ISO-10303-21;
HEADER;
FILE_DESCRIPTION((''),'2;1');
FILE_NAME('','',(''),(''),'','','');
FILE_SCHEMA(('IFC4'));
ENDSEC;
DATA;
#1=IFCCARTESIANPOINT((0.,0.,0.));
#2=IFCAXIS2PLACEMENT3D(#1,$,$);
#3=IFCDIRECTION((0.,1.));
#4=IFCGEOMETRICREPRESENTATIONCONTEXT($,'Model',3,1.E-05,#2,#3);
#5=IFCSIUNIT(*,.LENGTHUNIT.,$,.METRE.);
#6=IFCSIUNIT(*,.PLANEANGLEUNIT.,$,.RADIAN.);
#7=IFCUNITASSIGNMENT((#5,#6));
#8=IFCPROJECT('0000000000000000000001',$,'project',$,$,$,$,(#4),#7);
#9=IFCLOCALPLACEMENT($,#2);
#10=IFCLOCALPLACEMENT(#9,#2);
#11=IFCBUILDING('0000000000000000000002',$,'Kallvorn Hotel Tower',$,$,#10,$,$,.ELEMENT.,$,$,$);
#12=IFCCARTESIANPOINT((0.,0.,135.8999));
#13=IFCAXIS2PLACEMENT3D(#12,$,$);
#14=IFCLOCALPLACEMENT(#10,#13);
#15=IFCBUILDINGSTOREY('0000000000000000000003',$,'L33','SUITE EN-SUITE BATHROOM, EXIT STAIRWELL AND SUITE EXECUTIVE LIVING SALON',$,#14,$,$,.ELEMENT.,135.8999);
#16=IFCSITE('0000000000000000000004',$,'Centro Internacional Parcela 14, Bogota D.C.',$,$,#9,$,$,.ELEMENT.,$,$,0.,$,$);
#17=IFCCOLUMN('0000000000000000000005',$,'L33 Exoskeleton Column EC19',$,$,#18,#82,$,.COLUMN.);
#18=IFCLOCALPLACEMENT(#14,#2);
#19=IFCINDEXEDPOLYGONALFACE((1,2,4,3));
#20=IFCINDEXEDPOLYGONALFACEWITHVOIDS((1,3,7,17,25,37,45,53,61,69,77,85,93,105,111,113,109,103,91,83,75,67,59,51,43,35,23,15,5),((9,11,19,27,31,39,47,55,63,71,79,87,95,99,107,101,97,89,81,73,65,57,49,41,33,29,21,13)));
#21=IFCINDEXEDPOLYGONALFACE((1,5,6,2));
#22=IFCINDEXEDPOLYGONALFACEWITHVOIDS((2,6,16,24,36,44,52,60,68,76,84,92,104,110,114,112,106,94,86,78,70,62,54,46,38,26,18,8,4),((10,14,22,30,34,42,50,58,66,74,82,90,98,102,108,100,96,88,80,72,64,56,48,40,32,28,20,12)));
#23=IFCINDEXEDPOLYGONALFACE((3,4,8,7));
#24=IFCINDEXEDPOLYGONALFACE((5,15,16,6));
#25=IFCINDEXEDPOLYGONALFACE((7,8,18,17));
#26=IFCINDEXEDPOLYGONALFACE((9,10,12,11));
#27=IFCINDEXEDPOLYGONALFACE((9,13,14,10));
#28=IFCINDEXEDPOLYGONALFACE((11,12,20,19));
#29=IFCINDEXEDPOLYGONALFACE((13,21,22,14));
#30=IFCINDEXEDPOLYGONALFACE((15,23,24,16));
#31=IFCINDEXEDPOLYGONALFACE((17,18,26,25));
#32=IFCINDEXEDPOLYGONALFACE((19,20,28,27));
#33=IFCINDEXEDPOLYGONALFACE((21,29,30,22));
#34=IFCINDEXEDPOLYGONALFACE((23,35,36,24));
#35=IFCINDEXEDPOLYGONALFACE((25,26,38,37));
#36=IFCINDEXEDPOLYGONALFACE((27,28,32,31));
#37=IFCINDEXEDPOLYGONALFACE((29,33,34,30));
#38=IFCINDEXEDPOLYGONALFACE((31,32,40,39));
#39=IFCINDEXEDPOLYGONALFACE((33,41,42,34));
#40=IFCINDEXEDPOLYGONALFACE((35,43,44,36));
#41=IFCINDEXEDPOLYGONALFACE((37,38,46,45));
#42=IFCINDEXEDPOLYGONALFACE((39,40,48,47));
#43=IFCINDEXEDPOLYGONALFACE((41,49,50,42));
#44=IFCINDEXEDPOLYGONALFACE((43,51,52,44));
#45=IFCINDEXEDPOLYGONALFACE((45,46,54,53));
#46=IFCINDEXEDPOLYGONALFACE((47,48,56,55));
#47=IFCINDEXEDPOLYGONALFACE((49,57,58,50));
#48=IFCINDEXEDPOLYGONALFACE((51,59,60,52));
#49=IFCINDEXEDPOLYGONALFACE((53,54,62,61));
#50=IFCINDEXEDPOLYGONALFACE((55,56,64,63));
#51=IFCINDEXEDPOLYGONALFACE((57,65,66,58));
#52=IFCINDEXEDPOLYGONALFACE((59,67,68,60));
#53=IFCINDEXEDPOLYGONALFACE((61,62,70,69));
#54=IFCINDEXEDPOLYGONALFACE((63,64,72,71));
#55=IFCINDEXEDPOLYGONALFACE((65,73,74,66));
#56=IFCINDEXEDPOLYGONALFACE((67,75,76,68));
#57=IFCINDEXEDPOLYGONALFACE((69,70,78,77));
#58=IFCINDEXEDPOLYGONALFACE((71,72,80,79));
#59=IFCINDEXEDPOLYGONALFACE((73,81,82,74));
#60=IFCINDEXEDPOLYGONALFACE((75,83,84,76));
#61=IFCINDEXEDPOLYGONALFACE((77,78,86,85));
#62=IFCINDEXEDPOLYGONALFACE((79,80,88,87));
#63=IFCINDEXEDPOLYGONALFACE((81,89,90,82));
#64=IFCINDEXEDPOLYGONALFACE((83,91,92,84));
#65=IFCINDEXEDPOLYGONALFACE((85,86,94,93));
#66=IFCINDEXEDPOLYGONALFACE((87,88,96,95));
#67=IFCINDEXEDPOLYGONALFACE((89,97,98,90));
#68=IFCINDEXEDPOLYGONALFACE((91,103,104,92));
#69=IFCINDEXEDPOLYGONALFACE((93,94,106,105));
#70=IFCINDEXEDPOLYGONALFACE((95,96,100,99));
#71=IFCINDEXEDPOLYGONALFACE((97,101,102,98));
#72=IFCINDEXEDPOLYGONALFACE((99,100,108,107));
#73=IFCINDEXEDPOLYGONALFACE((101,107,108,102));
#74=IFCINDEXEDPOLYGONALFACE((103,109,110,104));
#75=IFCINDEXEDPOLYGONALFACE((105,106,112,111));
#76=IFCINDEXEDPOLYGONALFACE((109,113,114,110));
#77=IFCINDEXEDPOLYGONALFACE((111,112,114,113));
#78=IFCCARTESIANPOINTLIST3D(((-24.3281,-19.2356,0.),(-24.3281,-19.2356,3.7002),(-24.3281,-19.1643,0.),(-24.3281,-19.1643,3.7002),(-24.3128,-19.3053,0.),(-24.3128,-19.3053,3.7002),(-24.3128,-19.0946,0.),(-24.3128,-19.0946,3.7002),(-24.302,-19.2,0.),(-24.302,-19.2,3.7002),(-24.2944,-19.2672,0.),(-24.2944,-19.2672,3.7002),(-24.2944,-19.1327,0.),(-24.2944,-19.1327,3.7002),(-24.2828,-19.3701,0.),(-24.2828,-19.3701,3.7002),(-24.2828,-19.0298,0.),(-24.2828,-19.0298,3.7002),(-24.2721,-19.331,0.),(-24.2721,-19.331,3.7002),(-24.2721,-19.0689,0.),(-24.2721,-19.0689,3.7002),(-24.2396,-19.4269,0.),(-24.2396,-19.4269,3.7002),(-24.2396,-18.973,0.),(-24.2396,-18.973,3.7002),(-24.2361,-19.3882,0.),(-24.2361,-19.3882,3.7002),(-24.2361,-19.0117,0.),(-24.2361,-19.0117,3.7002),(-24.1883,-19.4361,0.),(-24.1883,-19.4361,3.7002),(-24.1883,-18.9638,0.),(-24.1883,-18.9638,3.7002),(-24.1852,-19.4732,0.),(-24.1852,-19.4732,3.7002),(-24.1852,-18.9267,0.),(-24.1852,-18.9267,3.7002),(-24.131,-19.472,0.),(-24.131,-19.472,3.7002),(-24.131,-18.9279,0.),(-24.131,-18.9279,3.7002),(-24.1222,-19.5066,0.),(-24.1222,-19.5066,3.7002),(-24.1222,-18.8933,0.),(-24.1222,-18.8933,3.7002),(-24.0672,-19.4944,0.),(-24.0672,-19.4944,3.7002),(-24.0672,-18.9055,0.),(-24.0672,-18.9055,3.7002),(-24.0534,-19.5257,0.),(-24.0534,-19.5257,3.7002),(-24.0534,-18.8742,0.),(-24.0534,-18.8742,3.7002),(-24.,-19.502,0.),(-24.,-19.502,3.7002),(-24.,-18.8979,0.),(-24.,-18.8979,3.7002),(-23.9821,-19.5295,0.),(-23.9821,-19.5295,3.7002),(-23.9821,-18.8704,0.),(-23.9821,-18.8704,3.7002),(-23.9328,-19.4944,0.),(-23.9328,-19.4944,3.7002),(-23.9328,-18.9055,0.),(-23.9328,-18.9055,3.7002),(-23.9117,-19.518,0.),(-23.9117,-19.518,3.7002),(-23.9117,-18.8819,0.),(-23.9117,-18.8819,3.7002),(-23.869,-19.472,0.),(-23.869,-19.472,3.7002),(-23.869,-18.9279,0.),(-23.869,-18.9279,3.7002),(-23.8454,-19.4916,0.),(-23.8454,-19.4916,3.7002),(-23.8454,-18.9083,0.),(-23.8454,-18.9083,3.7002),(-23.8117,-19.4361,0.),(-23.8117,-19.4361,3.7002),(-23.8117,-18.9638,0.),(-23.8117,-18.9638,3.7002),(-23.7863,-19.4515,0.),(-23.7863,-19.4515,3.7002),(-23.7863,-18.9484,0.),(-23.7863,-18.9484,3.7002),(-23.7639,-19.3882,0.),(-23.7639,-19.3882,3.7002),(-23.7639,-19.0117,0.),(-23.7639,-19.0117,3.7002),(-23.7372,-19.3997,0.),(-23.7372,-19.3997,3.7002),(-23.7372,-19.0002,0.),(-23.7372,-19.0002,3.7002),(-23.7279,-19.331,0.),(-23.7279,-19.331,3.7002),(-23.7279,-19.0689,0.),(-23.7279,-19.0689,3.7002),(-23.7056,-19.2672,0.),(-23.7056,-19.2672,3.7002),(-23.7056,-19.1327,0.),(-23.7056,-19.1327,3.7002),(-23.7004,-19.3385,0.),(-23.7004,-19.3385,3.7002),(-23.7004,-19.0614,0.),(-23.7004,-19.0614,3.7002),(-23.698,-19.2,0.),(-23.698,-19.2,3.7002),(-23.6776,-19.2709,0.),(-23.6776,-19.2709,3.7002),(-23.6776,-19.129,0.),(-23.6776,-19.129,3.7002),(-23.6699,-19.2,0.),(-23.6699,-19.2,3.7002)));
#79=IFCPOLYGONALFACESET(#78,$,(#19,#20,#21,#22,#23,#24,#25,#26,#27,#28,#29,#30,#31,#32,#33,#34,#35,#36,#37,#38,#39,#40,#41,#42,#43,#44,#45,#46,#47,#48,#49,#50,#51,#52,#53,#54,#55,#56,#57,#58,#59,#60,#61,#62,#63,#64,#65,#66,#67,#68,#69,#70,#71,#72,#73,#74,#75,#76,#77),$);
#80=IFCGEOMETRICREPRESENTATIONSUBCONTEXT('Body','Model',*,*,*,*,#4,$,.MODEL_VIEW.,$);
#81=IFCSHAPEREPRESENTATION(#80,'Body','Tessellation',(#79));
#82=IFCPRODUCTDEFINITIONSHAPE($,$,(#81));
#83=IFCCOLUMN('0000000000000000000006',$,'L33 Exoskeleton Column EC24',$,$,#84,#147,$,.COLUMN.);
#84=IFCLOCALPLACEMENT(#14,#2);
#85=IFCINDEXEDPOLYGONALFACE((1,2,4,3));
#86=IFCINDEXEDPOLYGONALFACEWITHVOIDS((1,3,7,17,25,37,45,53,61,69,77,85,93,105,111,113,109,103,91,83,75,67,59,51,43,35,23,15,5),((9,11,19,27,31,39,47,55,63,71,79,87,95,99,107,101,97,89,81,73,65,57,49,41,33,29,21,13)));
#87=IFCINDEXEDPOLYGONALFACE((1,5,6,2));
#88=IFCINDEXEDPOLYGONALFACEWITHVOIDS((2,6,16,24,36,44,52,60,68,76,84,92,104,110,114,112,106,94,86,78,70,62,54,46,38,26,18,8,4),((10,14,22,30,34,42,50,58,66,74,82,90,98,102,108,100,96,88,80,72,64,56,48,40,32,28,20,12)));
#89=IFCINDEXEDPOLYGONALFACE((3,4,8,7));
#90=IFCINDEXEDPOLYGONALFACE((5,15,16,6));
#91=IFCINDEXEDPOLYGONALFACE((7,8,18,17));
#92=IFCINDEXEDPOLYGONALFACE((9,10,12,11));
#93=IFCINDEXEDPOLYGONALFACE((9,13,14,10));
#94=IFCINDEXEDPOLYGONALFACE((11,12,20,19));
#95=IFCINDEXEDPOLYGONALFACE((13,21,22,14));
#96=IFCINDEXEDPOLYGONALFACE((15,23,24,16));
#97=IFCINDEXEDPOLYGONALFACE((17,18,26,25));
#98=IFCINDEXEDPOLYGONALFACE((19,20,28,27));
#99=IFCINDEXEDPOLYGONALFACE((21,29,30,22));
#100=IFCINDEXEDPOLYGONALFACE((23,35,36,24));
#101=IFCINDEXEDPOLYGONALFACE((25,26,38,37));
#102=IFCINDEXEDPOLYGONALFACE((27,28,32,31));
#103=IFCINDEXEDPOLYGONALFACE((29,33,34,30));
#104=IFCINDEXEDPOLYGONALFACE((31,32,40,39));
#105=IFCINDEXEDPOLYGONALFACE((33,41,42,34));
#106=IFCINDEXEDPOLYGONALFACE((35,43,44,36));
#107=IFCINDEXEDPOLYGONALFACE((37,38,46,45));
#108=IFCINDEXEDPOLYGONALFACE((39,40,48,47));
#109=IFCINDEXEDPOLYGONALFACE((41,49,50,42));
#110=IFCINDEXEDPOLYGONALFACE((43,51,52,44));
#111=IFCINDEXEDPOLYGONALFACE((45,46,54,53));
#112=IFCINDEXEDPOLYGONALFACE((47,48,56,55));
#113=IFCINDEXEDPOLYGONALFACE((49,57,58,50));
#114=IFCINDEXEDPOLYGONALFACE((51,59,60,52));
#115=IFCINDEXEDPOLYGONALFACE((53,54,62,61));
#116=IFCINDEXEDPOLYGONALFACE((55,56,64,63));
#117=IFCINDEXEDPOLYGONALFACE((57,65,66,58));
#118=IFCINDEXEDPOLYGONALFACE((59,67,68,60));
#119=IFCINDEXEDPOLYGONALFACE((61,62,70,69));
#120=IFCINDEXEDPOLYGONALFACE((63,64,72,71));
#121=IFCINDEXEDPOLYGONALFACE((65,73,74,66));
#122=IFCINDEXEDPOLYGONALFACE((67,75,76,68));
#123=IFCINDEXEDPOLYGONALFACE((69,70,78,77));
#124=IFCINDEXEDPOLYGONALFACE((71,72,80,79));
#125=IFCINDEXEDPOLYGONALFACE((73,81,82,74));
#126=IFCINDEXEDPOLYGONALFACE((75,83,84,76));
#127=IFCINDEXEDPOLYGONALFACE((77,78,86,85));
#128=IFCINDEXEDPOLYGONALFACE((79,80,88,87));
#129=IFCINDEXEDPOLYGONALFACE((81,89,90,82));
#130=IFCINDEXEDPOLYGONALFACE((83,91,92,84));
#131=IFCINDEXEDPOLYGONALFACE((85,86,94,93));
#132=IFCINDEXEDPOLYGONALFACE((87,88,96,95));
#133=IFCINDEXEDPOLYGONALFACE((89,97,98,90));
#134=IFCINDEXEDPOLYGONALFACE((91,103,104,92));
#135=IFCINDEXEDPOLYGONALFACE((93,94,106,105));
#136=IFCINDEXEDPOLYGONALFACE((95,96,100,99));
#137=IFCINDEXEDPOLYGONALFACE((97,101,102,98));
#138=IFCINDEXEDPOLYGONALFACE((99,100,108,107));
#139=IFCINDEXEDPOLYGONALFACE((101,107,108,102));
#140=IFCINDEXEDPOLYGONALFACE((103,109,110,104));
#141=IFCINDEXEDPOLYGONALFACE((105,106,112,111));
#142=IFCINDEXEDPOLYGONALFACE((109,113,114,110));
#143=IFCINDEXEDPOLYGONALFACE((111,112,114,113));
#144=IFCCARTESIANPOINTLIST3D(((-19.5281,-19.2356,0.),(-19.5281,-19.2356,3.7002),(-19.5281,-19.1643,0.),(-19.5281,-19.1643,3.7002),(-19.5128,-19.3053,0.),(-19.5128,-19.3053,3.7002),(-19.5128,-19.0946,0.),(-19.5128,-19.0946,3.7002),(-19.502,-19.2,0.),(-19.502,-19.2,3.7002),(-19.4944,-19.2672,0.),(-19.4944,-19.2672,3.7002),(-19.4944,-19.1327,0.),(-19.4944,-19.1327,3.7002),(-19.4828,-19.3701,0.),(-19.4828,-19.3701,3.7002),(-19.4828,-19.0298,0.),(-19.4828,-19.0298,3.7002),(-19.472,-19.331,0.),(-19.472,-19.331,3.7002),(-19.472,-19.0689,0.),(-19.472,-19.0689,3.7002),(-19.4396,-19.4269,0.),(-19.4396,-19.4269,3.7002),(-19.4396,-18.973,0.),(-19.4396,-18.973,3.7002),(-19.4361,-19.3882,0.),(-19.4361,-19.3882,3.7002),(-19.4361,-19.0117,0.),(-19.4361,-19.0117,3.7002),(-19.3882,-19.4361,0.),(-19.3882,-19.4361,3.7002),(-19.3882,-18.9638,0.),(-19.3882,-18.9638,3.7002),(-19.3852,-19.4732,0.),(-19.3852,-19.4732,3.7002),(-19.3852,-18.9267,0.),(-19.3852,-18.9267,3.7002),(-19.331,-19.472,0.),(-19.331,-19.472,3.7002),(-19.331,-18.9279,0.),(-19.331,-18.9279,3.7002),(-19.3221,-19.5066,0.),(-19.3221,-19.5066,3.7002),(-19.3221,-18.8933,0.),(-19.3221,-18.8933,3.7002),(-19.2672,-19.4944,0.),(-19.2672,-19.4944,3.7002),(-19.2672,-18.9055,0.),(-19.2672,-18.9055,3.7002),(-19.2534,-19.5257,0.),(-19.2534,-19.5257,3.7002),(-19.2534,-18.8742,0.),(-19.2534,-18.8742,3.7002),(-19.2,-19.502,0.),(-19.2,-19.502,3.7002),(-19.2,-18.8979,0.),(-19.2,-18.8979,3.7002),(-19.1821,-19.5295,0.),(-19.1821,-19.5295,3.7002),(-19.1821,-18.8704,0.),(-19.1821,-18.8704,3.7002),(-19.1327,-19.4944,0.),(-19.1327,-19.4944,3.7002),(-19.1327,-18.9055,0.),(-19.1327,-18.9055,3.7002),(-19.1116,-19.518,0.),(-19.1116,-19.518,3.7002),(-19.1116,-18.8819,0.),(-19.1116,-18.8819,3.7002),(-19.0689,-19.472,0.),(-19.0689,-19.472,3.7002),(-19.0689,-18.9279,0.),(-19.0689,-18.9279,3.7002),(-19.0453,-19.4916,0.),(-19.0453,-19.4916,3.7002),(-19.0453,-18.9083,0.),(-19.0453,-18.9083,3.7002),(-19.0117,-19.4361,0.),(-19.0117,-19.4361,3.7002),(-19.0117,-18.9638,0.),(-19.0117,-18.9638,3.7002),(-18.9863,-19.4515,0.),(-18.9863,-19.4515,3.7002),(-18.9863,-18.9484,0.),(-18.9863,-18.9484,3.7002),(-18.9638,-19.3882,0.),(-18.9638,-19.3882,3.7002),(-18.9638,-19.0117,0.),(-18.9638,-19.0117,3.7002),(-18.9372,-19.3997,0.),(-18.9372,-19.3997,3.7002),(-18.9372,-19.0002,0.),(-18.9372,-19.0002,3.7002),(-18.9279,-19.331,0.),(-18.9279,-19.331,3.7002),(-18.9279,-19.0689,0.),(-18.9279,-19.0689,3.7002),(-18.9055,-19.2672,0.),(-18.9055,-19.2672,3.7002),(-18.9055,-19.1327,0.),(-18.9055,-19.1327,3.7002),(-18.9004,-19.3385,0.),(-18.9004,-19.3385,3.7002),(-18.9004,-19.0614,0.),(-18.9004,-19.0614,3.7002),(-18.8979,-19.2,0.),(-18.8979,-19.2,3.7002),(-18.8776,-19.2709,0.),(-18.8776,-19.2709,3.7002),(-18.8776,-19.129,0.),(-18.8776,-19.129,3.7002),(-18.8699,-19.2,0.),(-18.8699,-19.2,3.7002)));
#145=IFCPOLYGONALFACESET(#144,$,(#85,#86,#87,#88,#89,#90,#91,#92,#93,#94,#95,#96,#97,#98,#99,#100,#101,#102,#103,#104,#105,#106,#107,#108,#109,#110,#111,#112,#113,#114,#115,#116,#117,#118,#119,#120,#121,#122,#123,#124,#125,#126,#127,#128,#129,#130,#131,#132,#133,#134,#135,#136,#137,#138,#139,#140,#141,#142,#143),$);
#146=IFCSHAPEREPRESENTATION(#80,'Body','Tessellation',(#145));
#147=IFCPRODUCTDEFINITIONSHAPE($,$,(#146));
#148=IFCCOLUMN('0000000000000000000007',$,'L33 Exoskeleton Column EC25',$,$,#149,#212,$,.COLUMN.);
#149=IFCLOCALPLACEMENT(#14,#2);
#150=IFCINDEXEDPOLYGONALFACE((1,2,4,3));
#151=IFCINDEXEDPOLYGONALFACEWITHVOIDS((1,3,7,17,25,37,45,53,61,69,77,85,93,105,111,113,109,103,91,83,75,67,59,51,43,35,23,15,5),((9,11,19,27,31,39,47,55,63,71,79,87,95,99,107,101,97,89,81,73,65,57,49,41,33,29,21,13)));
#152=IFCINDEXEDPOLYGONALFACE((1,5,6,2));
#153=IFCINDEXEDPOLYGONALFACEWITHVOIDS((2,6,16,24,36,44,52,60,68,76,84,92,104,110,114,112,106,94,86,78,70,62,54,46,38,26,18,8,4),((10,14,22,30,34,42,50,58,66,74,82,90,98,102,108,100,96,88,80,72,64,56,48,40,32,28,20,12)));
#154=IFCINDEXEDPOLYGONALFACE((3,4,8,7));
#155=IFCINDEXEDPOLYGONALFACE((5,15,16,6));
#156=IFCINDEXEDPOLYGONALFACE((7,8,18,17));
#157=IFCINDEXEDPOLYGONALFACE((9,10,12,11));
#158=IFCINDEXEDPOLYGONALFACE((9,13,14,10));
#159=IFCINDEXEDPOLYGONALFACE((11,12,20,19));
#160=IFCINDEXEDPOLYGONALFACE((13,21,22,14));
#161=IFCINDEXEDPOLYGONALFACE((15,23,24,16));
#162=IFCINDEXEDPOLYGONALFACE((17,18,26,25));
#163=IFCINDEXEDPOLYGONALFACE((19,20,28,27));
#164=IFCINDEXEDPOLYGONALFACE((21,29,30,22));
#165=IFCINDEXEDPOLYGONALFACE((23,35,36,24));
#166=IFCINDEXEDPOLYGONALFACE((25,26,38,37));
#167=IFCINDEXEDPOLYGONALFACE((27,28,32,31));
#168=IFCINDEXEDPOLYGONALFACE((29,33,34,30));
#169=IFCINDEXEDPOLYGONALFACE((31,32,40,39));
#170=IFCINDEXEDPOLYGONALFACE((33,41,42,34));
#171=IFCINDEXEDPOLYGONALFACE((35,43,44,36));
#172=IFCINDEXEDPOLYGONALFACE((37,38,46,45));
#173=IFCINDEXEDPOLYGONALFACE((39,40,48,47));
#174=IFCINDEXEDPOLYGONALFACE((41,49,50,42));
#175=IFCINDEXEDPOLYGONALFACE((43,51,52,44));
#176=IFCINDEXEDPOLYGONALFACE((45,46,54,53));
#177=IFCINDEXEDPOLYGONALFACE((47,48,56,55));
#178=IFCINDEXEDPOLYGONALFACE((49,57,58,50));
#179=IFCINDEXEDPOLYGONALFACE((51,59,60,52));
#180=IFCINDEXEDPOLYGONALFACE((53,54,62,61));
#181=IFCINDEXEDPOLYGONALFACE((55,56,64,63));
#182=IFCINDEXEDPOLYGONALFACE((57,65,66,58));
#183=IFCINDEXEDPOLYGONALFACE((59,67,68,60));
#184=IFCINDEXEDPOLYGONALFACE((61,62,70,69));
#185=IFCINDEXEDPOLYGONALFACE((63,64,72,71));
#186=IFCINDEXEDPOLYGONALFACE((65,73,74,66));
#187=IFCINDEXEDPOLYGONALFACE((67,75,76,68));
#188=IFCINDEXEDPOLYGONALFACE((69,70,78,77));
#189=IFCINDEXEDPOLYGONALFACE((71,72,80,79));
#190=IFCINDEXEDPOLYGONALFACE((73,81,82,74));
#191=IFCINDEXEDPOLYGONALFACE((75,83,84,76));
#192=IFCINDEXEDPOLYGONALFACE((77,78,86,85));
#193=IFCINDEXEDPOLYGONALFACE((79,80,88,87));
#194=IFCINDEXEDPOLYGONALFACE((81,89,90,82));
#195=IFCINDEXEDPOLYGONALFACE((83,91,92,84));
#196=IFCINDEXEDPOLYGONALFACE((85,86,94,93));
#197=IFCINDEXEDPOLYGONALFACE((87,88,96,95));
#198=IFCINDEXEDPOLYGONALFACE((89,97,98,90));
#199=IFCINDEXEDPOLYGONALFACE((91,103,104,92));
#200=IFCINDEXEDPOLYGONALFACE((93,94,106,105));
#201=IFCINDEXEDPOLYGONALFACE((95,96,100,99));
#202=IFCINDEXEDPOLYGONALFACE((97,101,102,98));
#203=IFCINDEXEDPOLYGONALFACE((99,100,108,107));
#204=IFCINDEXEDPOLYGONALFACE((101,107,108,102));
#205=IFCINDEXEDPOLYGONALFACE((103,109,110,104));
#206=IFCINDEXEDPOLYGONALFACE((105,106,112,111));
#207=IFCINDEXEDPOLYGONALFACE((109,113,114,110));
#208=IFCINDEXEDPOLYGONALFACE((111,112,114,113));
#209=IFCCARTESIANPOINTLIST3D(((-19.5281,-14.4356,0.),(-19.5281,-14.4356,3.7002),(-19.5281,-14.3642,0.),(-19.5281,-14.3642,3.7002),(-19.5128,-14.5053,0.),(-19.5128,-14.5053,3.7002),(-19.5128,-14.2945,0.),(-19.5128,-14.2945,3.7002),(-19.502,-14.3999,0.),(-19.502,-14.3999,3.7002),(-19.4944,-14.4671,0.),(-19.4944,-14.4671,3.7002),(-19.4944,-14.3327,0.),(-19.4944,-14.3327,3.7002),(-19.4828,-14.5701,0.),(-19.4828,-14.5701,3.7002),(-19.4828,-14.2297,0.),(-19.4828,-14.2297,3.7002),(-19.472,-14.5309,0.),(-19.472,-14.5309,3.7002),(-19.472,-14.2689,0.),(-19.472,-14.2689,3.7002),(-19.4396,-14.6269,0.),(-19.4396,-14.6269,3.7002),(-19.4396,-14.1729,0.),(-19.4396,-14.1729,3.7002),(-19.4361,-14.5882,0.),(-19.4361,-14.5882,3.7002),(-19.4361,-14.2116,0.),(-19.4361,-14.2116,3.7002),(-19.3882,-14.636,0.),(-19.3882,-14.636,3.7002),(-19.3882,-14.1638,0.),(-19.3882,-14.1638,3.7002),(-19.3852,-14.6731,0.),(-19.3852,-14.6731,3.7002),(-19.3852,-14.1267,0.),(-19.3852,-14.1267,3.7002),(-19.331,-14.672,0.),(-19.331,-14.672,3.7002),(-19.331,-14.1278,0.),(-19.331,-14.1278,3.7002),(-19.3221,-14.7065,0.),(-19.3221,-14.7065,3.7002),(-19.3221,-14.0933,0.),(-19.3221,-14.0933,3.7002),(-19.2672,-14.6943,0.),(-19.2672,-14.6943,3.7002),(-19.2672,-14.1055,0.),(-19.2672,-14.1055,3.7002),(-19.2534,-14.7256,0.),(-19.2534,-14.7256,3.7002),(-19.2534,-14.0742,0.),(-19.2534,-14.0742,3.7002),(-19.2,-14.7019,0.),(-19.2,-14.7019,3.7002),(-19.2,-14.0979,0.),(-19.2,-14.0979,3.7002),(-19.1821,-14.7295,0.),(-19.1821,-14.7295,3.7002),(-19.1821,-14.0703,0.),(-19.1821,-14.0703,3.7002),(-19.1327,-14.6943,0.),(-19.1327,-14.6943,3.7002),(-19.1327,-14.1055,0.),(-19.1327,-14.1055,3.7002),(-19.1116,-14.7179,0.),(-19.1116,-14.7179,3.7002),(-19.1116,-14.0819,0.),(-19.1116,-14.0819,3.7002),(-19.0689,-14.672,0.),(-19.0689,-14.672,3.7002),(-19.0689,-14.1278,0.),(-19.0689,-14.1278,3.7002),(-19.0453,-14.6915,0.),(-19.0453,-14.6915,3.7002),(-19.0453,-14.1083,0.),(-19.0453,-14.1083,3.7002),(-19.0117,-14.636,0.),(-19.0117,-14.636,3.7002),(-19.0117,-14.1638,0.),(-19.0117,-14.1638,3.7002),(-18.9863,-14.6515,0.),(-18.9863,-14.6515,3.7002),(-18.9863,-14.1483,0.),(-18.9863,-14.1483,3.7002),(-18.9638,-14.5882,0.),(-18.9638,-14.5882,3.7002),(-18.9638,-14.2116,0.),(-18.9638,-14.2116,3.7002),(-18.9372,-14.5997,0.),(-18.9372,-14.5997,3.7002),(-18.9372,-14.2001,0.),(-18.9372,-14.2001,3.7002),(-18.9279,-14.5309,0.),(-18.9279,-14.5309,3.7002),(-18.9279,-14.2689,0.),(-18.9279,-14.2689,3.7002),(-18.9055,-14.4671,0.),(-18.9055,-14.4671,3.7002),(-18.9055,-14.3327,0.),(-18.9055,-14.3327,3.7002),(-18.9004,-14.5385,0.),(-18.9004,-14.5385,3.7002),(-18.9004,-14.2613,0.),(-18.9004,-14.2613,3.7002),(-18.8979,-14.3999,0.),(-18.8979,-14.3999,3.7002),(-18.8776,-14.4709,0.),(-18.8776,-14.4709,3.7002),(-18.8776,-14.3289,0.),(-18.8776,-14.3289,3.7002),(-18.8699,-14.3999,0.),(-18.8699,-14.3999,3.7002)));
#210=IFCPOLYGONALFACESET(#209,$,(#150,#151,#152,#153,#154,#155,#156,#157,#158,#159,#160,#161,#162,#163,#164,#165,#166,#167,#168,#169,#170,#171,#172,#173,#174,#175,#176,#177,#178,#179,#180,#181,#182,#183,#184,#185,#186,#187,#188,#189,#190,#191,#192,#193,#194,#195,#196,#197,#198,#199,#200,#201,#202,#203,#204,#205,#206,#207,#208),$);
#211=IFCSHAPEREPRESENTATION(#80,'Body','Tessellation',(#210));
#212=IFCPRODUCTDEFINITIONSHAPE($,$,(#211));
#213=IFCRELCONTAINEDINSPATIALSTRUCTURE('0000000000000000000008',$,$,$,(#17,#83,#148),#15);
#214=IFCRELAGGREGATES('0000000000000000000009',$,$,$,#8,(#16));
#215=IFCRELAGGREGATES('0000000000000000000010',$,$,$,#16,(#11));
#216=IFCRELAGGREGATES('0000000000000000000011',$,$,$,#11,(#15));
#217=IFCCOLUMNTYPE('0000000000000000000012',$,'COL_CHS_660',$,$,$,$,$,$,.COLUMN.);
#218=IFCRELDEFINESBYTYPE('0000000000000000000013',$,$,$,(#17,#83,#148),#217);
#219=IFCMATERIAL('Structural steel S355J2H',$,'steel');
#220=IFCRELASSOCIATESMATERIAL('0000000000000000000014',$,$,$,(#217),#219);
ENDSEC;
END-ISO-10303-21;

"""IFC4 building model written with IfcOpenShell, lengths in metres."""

from ifc_helpers import new_model, si_unit, direction, frame, origin, origin_2d, place, context, subcontext, project, spatial, hollow_circle, extrude, material, material_profile, profile_set, type_object, element, save


model = new_model("IFC4")

# Units and contexts
model_context = context("Model", 3, precision=1e-05, world=origin(), true_north=direction((0.0, 1.0)))
body_context = subcontext(model_context, "Body", "Model", "MODEL_VIEW")
ifc_project = project(units=[si_unit("LENGTHUNIT", "METRE"), si_unit("PLANEANGLEUNIT", "RADIAN")], contexts=[model_context])

# Site, building, storey
site_placement = place(None, origin())
site = spatial("IfcSite", under=ifc_project, at=site_placement, Name="Centro Internacional Parcela 14, Bogota D.C.", CompositionType="ELEMENT", RefElevation=0.0)
building_placement = place(site_placement, origin())
building = spatial("IfcBuilding", under=site, at=building_placement, Name="Kallvorn Hotel Tower", CompositionType="ELEMENT")
storey_placement = place(building_placement, frame((0.0, 0.0, 135.8999)))
storey = spatial("IfcBuildingStorey", under=building, at=storey_placement, Name="L33", Description="SUITE EN-SUITE BATHROOM, EXIT STAIRWELL AND SUITE EXECUTIVE LIVING SALON", CompositionType="ELEMENT", Elevation=135.8999)

# Columns
ifc_material_1 = material(Name="Structural steel S355J2H", Category="steel")
ifc_material_profile_1 = material_profile(ifc_material_1, hollow_circle(Radius=0.3301, WallThickness=0.0281, at=origin_2d()), Name="CHS 660x28")
ifc_profile_set_1 = profile_set([ifc_material_profile_1], Name="Structural steel S355J2H")
column_type_1 = type_object("IfcColumnType", Name="COL_CHS_660", PredefinedType="COLUMN", material=ifc_profile_set_1)
for number, where, z_axis, x_axis, name in (
    (1, (-24.0, -19.2, 0.0), (0.0, 0.0, 1.0), (1.0, 0.0, 0.0), "L33 Exoskeleton Column EC19"),
    (2, (-19.2, -19.2, 0.0), (0.0, 0.0, 1.0), (1.0, 0.0, 0.0), "L33 Exoskeleton Column EC24"),
    (3, (-19.2, -14.3999, 0.0), (0.0, 0.0, 1.0), (1.0, 0.0, 0.0), "L33 Exoskeleton Column EC25"),
):
    element("IfcColumn", number, at=place(storey_placement, frame(where, z_axis=z_axis, x_axis=x_axis)), inside=storey, type_object=column_type_1, Name=name, PredefinedType="COLUMN", context=body_context, shape_type="SweptSolid", body=[
        extrude(hollow_circle(Radius=0.3301, WallThickness=0.0281, at=origin_2d()), origin(), (0.0, 0.0, 1.0), 3.7002),
    ])

save(model, "model.ifc")
